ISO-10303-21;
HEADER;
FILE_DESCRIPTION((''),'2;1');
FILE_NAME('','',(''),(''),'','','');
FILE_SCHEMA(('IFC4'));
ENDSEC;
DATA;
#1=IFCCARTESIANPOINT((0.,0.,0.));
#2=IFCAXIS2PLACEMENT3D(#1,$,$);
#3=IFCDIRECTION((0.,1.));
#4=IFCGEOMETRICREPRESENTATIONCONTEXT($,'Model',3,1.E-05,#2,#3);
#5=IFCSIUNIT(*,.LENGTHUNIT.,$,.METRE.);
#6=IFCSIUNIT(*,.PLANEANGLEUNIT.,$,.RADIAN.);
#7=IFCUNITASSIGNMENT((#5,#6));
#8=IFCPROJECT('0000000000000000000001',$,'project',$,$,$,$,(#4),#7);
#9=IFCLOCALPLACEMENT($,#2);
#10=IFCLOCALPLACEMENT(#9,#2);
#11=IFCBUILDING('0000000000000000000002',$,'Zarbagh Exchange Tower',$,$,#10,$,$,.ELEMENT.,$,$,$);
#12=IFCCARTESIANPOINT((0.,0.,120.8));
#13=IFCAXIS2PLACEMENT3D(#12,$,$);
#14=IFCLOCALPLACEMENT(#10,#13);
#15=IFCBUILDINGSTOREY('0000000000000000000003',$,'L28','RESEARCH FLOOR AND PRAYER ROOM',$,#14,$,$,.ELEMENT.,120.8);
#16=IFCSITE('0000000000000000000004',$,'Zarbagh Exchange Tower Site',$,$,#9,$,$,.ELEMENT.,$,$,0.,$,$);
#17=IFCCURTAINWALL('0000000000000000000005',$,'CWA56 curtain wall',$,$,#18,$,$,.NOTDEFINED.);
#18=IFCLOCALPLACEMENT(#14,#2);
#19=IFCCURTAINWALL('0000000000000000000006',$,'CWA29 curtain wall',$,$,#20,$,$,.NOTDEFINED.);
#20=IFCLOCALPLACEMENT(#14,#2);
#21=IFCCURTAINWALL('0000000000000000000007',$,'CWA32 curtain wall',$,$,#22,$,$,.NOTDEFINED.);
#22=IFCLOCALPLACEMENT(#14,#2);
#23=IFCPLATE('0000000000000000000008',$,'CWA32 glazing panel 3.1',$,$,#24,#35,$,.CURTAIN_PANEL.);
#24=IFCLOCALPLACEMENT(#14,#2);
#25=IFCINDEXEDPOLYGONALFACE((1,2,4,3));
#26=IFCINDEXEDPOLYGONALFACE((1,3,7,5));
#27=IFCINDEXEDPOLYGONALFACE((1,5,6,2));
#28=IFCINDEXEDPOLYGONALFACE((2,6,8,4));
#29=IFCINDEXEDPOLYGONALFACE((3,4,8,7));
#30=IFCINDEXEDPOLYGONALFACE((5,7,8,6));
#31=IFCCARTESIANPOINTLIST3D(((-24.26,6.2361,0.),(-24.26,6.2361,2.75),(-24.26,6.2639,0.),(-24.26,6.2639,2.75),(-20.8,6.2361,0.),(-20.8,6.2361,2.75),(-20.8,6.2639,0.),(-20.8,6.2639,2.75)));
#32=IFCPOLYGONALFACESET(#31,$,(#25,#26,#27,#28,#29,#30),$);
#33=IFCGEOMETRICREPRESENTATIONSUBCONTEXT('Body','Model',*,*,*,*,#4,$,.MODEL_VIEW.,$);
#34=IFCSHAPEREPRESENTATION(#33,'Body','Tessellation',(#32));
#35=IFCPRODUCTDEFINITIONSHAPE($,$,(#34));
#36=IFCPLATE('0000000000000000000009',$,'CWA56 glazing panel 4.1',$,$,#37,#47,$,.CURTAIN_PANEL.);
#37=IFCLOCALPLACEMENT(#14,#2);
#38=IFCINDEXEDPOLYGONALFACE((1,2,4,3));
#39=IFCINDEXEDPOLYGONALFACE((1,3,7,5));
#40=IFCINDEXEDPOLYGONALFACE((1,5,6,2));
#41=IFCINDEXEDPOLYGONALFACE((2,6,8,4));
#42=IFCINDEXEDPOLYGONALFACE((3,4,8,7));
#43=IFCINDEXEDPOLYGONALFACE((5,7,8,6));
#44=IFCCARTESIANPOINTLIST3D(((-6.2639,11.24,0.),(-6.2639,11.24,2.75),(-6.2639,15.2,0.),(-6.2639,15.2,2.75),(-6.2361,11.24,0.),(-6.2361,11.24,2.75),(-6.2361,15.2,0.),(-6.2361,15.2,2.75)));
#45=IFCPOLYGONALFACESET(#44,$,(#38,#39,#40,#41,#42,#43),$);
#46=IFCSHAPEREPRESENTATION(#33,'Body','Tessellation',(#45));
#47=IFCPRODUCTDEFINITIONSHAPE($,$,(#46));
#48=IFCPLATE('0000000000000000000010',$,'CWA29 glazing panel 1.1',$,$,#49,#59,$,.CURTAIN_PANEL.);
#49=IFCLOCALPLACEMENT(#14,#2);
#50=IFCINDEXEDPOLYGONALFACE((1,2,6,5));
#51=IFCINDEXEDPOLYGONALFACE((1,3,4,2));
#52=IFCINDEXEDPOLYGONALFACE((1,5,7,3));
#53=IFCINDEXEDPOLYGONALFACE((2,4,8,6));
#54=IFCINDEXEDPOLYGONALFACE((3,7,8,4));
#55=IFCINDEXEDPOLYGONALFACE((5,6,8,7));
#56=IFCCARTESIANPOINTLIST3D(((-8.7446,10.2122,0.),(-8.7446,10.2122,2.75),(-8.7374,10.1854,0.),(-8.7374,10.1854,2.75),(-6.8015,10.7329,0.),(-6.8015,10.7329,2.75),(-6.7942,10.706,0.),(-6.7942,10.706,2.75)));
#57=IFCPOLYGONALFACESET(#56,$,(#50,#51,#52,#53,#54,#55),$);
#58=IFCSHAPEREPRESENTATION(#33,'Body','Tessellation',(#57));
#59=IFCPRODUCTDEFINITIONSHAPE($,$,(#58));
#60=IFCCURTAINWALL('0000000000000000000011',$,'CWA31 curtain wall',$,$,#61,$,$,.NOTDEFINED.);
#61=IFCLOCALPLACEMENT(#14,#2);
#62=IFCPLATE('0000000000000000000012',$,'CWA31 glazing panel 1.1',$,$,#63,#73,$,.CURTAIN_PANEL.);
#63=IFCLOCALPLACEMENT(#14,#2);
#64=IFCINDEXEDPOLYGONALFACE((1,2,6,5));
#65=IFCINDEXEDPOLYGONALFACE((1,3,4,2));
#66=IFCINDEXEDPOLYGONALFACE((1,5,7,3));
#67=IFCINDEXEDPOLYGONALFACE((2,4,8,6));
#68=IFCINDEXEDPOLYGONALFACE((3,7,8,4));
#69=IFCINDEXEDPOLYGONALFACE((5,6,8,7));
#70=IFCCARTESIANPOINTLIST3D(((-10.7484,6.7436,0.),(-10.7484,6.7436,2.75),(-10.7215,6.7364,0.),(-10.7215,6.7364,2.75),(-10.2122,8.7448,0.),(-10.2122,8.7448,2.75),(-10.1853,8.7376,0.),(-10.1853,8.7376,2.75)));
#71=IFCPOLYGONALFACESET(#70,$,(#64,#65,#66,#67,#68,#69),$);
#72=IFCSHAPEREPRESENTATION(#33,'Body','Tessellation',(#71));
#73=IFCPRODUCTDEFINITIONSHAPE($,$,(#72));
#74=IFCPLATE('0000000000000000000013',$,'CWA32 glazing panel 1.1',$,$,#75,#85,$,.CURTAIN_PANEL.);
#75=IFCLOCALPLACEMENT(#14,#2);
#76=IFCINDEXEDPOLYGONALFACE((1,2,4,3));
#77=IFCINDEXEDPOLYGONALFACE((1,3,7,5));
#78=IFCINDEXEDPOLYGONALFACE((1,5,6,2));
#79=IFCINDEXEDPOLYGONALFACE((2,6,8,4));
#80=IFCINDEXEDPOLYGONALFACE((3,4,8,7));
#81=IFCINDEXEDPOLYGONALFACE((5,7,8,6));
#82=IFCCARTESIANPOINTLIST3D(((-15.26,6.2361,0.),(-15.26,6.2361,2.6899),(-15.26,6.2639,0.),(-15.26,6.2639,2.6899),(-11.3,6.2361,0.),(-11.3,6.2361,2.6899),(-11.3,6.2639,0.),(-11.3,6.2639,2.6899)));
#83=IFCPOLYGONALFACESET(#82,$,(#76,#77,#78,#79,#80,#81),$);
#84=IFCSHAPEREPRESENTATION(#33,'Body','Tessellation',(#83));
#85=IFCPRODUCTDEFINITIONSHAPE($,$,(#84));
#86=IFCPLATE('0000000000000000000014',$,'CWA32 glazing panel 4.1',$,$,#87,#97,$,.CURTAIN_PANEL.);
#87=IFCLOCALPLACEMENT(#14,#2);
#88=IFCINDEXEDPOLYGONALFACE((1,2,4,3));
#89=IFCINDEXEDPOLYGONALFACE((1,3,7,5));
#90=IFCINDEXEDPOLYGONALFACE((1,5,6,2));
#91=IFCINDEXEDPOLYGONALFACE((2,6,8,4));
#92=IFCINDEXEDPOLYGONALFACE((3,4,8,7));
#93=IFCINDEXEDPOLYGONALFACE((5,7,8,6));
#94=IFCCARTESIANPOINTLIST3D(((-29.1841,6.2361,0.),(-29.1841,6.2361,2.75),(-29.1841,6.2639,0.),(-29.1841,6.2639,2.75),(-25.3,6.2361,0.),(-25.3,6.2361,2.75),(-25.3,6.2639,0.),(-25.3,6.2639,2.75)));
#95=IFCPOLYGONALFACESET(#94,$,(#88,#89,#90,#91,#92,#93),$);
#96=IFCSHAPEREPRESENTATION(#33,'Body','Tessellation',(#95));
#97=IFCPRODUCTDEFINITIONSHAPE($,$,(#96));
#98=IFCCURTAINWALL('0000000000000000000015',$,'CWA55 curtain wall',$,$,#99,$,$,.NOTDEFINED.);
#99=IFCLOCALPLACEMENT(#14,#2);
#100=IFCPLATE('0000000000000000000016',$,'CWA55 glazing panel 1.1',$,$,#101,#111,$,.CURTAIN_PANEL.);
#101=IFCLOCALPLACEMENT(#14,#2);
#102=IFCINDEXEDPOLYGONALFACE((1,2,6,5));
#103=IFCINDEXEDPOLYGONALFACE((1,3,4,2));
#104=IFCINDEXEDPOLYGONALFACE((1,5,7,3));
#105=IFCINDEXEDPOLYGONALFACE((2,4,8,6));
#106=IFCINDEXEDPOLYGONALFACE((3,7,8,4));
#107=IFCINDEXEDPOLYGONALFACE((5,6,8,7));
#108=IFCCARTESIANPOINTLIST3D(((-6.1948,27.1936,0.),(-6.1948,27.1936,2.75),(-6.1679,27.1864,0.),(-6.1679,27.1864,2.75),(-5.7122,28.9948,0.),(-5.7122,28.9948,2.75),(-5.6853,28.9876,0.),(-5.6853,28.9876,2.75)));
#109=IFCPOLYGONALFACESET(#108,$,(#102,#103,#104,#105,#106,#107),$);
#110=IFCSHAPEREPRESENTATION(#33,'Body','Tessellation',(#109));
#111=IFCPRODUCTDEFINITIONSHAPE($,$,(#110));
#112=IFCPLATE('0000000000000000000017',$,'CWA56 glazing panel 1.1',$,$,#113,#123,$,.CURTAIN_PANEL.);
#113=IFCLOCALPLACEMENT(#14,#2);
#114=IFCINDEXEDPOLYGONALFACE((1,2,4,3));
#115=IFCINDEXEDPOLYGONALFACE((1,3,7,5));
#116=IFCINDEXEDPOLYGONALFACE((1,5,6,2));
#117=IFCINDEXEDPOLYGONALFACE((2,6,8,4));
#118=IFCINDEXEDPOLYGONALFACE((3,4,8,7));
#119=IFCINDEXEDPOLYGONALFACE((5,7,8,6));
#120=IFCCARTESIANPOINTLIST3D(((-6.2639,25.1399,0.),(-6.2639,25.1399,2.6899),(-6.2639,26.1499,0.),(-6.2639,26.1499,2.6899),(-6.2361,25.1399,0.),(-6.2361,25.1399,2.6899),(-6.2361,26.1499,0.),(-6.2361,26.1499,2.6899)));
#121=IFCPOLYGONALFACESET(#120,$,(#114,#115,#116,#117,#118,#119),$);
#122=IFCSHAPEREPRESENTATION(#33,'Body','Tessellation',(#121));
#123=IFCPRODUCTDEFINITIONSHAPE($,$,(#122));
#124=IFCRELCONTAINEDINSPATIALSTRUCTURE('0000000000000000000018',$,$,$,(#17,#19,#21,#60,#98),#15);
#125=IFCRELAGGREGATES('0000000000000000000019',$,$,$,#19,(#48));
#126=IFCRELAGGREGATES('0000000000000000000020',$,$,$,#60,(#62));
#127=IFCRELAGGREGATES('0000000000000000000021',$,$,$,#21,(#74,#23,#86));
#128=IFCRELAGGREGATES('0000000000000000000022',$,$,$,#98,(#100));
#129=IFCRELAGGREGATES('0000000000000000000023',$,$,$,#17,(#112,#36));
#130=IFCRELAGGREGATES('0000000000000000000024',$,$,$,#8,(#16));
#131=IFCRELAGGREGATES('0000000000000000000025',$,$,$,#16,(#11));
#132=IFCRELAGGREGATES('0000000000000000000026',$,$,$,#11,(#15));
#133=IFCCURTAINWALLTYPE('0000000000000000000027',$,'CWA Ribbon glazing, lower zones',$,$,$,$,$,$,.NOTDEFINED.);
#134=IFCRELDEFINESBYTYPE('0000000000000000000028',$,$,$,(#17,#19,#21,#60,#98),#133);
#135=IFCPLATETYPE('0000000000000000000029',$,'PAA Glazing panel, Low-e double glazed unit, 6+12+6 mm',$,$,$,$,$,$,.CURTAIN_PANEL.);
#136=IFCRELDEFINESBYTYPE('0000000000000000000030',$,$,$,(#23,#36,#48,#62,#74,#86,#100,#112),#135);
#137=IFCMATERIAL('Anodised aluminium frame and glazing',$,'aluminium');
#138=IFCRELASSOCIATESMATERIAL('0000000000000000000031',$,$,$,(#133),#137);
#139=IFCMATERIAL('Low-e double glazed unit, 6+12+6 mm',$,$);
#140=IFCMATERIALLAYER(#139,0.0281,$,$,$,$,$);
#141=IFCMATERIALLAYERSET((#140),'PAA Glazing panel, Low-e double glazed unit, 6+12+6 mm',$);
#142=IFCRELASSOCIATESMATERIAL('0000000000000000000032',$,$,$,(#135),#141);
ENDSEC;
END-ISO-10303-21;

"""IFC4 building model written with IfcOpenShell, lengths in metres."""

from ifc_helpers import new_model, si_unit, direction, frame, origin, place, context, subcontext, project, spatial, polyline, outline, extrude, source, transform, mapped, material, layer, layer_set, type_object, element, aggregate, save


model = new_model("IFC4")

# Units and contexts
model_context = context("Model", 3, precision=1e-05, world=origin(), true_north=direction((0.0, 1.0)))
body_context = subcontext(model_context, "Body", "Model", "MODEL_VIEW")
ifc_project = project(units=[si_unit("LENGTHUNIT", "METRE"), si_unit("PLANEANGLEUNIT", "RADIAN")], contexts=[model_context])

# Site, building, storey
site_placement = place(None, origin())
site = spatial("IfcSite", under=ifc_project, at=site_placement, Name="Zarbagh Exchange Tower Site", CompositionType="ELEMENT", RefElevation=0.0)
building_placement = place(site_placement, origin())
building = spatial("IfcBuilding", under=site, at=building_placement, Name="Zarbagh Exchange Tower", CompositionType="ELEMENT")
storey_placement = place(building_placement, frame((0.0, 0.0, 120.8)))
storey = spatial("IfcBuildingStorey", under=building, at=storey_placement, Name="L28", Description="RESEARCH FLOOR AND PRAYER ROOM", CompositionType="ELEMENT", Elevation=120.8)

# Curtain wall
ifc_material_1 = material(Name="Anodised aluminium frame and glazing", Category="aluminium")
curtain_wall_type = type_object("IfcCurtainWallType", Name="CWA Ribbon glazing, lower zones", PredefinedType="NOTDEFINED", material=ifc_material_1)
curtain_wall_1_placement = place(storey_placement, origin())
curtain_wall_1 = element("IfcCurtainWall", 1, at=curtain_wall_1_placement, inside=storey, type_object=curtain_wall_type, Name="CWA56 curtain wall", PredefinedType="NOTDEFINED")
placement = place(storey_placement, origin())

# Curtain wall
curtain_wall_2_placement = place(storey_placement, origin())
curtain_wall_2 = element("IfcCurtainWall", 2, at=curtain_wall_2_placement, inside=storey, type_object=curtain_wall_type, Name="CWA29 curtain wall", PredefinedType="NOTDEFINED")

# Curtain wall
curtain_wall_3_placement = place(storey_placement, origin())
curtain_wall_3 = element("IfcCurtainWall", 3, at=curtain_wall_3_placement, inside=storey, type_object=curtain_wall_type, Name="CWA32 curtain wall", PredefinedType="NOTDEFINED")

# Shared definitions
ifc_material_2 = material(Name="Low-e double glazed unit, 6+12+6 mm")
ifc_layer = layer(ifc_material_2, 0.0281)
ifc_layer_set = layer_set([ifc_layer], Name="PAA Glazing panel, Low-e double glazed unit, 6+12+6 mm")
plate_type = type_object("IfcPlateType", Name="PAA Glazing panel, Low-e double glazed unit, 6+12+6 mm", PredefinedType="CURTAIN_PANEL", material=ifc_layer_set)

# Plates
shared_shape_1 = source(origin(), body_context, "Body", "SweptSolid", [
    extrude(outline(polyline([(0.0, -0.0139), (3.46, -0.0139), (3.46, 0.0139), (0.0, 0.0139), (0.0, -0.0139)])), origin(), (0.0, 0.0, 1.0), 2.75),
])
plate_1 = element("IfcPlate", 4, at=placement, type_object=plate_type, Name="CWA32 glazing panel 3.1", PredefinedType="CURTAIN_PANEL", context=body_context, shape_type="MappedRepresentation", body=[
    mapped(shared_shape_1, transform((-20.8, 6.25, 0.0), x_axis=(-1.0, 0.0, 0.0), y_axis=(0.0, -1.0, 0.0), z_axis=(0.0, 0.0, 1.0))),
])
shared_shape_2 = source(origin(), body_context, "Body", "SweptSolid", [
    extrude(outline(polyline([(0.0, -0.0139), (3.96, -0.0139), (3.96, 0.0139), (0.0, 0.0139), (0.0, -0.0139)])), origin(), (0.0, 0.0, 1.0), 2.75),
])
plate_2 = element("IfcPlate", 5, at=placement, type_object=plate_type, Name="CWA56 glazing panel 4.1", PredefinedType="CURTAIN_PANEL", context=body_context, shape_type="MappedRepresentation", body=[
    mapped(shared_shape_2, transform((-6.25, 15.2, 0.0), x_axis=(0.0, -1.0, 0.0), y_axis=(1.0, 0.0, 0.0), z_axis=(0.0, 0.0, 1.0))),
])
shared_shape_3 = source(origin(), body_context, "Body", "SweptSolid", [
    extrude(outline(polyline([(0.0, -0.0139), (2.0117, -0.0139), (2.0117, 0.0139), (0.0, 0.0139), (0.0, -0.0139)])), origin(), (0.0, 0.0, 1.0), 2.75),
])
plate_3 = element("IfcPlate", 6, at=placement, type_object=plate_type, Name="CWA29 glazing panel 1.1", PredefinedType="CURTAIN_PANEL", context=body_context, shape_type="MappedRepresentation", body=[
    mapped(shared_shape_3, transform((-6.7979, 10.7195, 0.0), x_axis=(-0.965924, -0.258825, 0.0), y_axis=(0.258825, -0.965924, 0.0), z_axis=(0.0, 0.0, 1.0))),
])
aggregate(curtain_wall_2, [plate_3])

# Curtain wall, plate
curtain_wall_4_placement = place(storey_placement, origin())
curtain_wall_4 = element("IfcCurtainWall", 7, at=curtain_wall_4_placement, inside=storey, type_object=curtain_wall_type, Name="CWA31 curtain wall", PredefinedType="NOTDEFINED")
shared_shape_4 = source(origin(), body_context, "Body", "SweptSolid", [
    extrude(outline(polyline([(0.0, -0.0139), (2.0718, -0.0139), (2.0718, 0.0139), (0.0, 0.0139), (0.0, -0.0139)])), origin(), (0.0, 0.0, 1.0), 2.75),
])
plate_4 = element("IfcPlate", 8, at=placement, type_object=plate_type, Name="CWA31 glazing panel 1.1", PredefinedType="CURTAIN_PANEL", context=body_context, shape_type="MappedRepresentation", body=[
    mapped(shared_shape_4, transform((-10.1987, 8.7412, 0.0), x_axis=(-0.258825, -0.965924, 0.0), y_axis=(0.965924, -0.258825, 0.0), z_axis=(0.0, 0.0, 1.0))),
])
aggregate(curtain_wall_4, [plate_4])

# Plates
shared_shape_5 = source(origin(), body_context, "Body", "SweptSolid", [
    extrude(outline(polyline([(0.0, -0.0139), (3.96, -0.0139), (3.96, 0.0139), (0.0, 0.0139), (0.0, -0.0139)])), origin(), (0.0, 0.0, 1.0), 2.6899),
])
plate_5 = element("IfcPlate", 9, at=placement, type_object=plate_type, Name="CWA32 glazing panel 1.1", PredefinedType="CURTAIN_PANEL", context=body_context, shape_type="MappedRepresentation", body=[
    mapped(shared_shape_5, transform((-11.3, 6.25, 0.0), x_axis=(-1.0, 0.0, 0.0), y_axis=(0.0, -1.0, 0.0), z_axis=(0.0, 0.0, 1.0))),
])
shared_shape_6 = source(origin(), body_context, "Body", "SweptSolid", [
    extrude(outline(polyline([(0.0, -0.0139), (3.884, -0.0139), (3.884, 0.0139), (0.0, 0.0139), (0.0, -0.0139)])), origin(), (0.0, 0.0, 1.0), 2.75),
])
plate_6 = element("IfcPlate", 10, at=placement, type_object=plate_type, Name="CWA32 glazing panel 4.1", PredefinedType="CURTAIN_PANEL", context=body_context, shape_type="MappedRepresentation", body=[
    mapped(shared_shape_6, transform((-25.3, 6.25, 0.0), x_axis=(-1.0, 0.0, 0.0), y_axis=(0.0, -1.0, 0.0), z_axis=(0.0, 0.0, 1.0))),
])
aggregate(curtain_wall_3, [plate_5, plate_1, plate_6])

# Curtain wall, plate
curtain_wall_5_placement = place(storey_placement, origin())
curtain_wall_5 = element("IfcCurtainWall", 11, at=curtain_wall_5_placement, inside=storey, type_object=curtain_wall_type, Name="CWA55 curtain wall", PredefinedType="NOTDEFINED")
shared_shape_7 = source(origin(), body_context, "Body", "SweptSolid", [
    extrude(outline(polyline([(0.0, -0.0139), (1.8647, -0.0139), (1.8647, 0.0139), (0.0, 0.0139), (0.0, -0.0139)])), origin(), (0.0, 0.0, 1.0), 2.75),
])
plate_7 = element("IfcPlate", 12, at=placement, type_object=plate_type, Name="CWA55 glazing panel 1.1", PredefinedType="CURTAIN_PANEL", context=body_context, shape_type="MappedRepresentation", body=[
    mapped(shared_shape_7, transform((-5.6987, 28.9912, 0.0), x_axis=(-0.258825, -0.965924, 0.0), y_axis=(0.965924, -0.258825, 0.0), z_axis=(0.0, 0.0, 1.0))),
])
aggregate(curtain_wall_5, [plate_7])

# Plate
shared_shape_8 = source(origin(), body_context, "Body", "SweptSolid", [
    extrude(outline(polyline([(0.0, -0.0139), (1.01, -0.0139), (1.01, 0.0139), (0.0, 0.0139), (0.0, -0.0139)])), origin(), (0.0, 0.0, 1.0), 2.6899),
])
plate_8 = element("IfcPlate", 13, at=placement, type_object=plate_type, Name="CWA56 glazing panel 1.1", PredefinedType="CURTAIN_PANEL", context=body_context, shape_type="MappedRepresentation", body=[
    mapped(shared_shape_8, transform((-6.25, 26.1499, 0.0), x_axis=(0.0, -1.0, 0.0), y_axis=(1.0, 0.0, 0.0), z_axis=(0.0, 0.0, 1.0))),
])
aggregate(curtain_wall_1, [plate_8, plate_2])

save(model, "model.ifc")
